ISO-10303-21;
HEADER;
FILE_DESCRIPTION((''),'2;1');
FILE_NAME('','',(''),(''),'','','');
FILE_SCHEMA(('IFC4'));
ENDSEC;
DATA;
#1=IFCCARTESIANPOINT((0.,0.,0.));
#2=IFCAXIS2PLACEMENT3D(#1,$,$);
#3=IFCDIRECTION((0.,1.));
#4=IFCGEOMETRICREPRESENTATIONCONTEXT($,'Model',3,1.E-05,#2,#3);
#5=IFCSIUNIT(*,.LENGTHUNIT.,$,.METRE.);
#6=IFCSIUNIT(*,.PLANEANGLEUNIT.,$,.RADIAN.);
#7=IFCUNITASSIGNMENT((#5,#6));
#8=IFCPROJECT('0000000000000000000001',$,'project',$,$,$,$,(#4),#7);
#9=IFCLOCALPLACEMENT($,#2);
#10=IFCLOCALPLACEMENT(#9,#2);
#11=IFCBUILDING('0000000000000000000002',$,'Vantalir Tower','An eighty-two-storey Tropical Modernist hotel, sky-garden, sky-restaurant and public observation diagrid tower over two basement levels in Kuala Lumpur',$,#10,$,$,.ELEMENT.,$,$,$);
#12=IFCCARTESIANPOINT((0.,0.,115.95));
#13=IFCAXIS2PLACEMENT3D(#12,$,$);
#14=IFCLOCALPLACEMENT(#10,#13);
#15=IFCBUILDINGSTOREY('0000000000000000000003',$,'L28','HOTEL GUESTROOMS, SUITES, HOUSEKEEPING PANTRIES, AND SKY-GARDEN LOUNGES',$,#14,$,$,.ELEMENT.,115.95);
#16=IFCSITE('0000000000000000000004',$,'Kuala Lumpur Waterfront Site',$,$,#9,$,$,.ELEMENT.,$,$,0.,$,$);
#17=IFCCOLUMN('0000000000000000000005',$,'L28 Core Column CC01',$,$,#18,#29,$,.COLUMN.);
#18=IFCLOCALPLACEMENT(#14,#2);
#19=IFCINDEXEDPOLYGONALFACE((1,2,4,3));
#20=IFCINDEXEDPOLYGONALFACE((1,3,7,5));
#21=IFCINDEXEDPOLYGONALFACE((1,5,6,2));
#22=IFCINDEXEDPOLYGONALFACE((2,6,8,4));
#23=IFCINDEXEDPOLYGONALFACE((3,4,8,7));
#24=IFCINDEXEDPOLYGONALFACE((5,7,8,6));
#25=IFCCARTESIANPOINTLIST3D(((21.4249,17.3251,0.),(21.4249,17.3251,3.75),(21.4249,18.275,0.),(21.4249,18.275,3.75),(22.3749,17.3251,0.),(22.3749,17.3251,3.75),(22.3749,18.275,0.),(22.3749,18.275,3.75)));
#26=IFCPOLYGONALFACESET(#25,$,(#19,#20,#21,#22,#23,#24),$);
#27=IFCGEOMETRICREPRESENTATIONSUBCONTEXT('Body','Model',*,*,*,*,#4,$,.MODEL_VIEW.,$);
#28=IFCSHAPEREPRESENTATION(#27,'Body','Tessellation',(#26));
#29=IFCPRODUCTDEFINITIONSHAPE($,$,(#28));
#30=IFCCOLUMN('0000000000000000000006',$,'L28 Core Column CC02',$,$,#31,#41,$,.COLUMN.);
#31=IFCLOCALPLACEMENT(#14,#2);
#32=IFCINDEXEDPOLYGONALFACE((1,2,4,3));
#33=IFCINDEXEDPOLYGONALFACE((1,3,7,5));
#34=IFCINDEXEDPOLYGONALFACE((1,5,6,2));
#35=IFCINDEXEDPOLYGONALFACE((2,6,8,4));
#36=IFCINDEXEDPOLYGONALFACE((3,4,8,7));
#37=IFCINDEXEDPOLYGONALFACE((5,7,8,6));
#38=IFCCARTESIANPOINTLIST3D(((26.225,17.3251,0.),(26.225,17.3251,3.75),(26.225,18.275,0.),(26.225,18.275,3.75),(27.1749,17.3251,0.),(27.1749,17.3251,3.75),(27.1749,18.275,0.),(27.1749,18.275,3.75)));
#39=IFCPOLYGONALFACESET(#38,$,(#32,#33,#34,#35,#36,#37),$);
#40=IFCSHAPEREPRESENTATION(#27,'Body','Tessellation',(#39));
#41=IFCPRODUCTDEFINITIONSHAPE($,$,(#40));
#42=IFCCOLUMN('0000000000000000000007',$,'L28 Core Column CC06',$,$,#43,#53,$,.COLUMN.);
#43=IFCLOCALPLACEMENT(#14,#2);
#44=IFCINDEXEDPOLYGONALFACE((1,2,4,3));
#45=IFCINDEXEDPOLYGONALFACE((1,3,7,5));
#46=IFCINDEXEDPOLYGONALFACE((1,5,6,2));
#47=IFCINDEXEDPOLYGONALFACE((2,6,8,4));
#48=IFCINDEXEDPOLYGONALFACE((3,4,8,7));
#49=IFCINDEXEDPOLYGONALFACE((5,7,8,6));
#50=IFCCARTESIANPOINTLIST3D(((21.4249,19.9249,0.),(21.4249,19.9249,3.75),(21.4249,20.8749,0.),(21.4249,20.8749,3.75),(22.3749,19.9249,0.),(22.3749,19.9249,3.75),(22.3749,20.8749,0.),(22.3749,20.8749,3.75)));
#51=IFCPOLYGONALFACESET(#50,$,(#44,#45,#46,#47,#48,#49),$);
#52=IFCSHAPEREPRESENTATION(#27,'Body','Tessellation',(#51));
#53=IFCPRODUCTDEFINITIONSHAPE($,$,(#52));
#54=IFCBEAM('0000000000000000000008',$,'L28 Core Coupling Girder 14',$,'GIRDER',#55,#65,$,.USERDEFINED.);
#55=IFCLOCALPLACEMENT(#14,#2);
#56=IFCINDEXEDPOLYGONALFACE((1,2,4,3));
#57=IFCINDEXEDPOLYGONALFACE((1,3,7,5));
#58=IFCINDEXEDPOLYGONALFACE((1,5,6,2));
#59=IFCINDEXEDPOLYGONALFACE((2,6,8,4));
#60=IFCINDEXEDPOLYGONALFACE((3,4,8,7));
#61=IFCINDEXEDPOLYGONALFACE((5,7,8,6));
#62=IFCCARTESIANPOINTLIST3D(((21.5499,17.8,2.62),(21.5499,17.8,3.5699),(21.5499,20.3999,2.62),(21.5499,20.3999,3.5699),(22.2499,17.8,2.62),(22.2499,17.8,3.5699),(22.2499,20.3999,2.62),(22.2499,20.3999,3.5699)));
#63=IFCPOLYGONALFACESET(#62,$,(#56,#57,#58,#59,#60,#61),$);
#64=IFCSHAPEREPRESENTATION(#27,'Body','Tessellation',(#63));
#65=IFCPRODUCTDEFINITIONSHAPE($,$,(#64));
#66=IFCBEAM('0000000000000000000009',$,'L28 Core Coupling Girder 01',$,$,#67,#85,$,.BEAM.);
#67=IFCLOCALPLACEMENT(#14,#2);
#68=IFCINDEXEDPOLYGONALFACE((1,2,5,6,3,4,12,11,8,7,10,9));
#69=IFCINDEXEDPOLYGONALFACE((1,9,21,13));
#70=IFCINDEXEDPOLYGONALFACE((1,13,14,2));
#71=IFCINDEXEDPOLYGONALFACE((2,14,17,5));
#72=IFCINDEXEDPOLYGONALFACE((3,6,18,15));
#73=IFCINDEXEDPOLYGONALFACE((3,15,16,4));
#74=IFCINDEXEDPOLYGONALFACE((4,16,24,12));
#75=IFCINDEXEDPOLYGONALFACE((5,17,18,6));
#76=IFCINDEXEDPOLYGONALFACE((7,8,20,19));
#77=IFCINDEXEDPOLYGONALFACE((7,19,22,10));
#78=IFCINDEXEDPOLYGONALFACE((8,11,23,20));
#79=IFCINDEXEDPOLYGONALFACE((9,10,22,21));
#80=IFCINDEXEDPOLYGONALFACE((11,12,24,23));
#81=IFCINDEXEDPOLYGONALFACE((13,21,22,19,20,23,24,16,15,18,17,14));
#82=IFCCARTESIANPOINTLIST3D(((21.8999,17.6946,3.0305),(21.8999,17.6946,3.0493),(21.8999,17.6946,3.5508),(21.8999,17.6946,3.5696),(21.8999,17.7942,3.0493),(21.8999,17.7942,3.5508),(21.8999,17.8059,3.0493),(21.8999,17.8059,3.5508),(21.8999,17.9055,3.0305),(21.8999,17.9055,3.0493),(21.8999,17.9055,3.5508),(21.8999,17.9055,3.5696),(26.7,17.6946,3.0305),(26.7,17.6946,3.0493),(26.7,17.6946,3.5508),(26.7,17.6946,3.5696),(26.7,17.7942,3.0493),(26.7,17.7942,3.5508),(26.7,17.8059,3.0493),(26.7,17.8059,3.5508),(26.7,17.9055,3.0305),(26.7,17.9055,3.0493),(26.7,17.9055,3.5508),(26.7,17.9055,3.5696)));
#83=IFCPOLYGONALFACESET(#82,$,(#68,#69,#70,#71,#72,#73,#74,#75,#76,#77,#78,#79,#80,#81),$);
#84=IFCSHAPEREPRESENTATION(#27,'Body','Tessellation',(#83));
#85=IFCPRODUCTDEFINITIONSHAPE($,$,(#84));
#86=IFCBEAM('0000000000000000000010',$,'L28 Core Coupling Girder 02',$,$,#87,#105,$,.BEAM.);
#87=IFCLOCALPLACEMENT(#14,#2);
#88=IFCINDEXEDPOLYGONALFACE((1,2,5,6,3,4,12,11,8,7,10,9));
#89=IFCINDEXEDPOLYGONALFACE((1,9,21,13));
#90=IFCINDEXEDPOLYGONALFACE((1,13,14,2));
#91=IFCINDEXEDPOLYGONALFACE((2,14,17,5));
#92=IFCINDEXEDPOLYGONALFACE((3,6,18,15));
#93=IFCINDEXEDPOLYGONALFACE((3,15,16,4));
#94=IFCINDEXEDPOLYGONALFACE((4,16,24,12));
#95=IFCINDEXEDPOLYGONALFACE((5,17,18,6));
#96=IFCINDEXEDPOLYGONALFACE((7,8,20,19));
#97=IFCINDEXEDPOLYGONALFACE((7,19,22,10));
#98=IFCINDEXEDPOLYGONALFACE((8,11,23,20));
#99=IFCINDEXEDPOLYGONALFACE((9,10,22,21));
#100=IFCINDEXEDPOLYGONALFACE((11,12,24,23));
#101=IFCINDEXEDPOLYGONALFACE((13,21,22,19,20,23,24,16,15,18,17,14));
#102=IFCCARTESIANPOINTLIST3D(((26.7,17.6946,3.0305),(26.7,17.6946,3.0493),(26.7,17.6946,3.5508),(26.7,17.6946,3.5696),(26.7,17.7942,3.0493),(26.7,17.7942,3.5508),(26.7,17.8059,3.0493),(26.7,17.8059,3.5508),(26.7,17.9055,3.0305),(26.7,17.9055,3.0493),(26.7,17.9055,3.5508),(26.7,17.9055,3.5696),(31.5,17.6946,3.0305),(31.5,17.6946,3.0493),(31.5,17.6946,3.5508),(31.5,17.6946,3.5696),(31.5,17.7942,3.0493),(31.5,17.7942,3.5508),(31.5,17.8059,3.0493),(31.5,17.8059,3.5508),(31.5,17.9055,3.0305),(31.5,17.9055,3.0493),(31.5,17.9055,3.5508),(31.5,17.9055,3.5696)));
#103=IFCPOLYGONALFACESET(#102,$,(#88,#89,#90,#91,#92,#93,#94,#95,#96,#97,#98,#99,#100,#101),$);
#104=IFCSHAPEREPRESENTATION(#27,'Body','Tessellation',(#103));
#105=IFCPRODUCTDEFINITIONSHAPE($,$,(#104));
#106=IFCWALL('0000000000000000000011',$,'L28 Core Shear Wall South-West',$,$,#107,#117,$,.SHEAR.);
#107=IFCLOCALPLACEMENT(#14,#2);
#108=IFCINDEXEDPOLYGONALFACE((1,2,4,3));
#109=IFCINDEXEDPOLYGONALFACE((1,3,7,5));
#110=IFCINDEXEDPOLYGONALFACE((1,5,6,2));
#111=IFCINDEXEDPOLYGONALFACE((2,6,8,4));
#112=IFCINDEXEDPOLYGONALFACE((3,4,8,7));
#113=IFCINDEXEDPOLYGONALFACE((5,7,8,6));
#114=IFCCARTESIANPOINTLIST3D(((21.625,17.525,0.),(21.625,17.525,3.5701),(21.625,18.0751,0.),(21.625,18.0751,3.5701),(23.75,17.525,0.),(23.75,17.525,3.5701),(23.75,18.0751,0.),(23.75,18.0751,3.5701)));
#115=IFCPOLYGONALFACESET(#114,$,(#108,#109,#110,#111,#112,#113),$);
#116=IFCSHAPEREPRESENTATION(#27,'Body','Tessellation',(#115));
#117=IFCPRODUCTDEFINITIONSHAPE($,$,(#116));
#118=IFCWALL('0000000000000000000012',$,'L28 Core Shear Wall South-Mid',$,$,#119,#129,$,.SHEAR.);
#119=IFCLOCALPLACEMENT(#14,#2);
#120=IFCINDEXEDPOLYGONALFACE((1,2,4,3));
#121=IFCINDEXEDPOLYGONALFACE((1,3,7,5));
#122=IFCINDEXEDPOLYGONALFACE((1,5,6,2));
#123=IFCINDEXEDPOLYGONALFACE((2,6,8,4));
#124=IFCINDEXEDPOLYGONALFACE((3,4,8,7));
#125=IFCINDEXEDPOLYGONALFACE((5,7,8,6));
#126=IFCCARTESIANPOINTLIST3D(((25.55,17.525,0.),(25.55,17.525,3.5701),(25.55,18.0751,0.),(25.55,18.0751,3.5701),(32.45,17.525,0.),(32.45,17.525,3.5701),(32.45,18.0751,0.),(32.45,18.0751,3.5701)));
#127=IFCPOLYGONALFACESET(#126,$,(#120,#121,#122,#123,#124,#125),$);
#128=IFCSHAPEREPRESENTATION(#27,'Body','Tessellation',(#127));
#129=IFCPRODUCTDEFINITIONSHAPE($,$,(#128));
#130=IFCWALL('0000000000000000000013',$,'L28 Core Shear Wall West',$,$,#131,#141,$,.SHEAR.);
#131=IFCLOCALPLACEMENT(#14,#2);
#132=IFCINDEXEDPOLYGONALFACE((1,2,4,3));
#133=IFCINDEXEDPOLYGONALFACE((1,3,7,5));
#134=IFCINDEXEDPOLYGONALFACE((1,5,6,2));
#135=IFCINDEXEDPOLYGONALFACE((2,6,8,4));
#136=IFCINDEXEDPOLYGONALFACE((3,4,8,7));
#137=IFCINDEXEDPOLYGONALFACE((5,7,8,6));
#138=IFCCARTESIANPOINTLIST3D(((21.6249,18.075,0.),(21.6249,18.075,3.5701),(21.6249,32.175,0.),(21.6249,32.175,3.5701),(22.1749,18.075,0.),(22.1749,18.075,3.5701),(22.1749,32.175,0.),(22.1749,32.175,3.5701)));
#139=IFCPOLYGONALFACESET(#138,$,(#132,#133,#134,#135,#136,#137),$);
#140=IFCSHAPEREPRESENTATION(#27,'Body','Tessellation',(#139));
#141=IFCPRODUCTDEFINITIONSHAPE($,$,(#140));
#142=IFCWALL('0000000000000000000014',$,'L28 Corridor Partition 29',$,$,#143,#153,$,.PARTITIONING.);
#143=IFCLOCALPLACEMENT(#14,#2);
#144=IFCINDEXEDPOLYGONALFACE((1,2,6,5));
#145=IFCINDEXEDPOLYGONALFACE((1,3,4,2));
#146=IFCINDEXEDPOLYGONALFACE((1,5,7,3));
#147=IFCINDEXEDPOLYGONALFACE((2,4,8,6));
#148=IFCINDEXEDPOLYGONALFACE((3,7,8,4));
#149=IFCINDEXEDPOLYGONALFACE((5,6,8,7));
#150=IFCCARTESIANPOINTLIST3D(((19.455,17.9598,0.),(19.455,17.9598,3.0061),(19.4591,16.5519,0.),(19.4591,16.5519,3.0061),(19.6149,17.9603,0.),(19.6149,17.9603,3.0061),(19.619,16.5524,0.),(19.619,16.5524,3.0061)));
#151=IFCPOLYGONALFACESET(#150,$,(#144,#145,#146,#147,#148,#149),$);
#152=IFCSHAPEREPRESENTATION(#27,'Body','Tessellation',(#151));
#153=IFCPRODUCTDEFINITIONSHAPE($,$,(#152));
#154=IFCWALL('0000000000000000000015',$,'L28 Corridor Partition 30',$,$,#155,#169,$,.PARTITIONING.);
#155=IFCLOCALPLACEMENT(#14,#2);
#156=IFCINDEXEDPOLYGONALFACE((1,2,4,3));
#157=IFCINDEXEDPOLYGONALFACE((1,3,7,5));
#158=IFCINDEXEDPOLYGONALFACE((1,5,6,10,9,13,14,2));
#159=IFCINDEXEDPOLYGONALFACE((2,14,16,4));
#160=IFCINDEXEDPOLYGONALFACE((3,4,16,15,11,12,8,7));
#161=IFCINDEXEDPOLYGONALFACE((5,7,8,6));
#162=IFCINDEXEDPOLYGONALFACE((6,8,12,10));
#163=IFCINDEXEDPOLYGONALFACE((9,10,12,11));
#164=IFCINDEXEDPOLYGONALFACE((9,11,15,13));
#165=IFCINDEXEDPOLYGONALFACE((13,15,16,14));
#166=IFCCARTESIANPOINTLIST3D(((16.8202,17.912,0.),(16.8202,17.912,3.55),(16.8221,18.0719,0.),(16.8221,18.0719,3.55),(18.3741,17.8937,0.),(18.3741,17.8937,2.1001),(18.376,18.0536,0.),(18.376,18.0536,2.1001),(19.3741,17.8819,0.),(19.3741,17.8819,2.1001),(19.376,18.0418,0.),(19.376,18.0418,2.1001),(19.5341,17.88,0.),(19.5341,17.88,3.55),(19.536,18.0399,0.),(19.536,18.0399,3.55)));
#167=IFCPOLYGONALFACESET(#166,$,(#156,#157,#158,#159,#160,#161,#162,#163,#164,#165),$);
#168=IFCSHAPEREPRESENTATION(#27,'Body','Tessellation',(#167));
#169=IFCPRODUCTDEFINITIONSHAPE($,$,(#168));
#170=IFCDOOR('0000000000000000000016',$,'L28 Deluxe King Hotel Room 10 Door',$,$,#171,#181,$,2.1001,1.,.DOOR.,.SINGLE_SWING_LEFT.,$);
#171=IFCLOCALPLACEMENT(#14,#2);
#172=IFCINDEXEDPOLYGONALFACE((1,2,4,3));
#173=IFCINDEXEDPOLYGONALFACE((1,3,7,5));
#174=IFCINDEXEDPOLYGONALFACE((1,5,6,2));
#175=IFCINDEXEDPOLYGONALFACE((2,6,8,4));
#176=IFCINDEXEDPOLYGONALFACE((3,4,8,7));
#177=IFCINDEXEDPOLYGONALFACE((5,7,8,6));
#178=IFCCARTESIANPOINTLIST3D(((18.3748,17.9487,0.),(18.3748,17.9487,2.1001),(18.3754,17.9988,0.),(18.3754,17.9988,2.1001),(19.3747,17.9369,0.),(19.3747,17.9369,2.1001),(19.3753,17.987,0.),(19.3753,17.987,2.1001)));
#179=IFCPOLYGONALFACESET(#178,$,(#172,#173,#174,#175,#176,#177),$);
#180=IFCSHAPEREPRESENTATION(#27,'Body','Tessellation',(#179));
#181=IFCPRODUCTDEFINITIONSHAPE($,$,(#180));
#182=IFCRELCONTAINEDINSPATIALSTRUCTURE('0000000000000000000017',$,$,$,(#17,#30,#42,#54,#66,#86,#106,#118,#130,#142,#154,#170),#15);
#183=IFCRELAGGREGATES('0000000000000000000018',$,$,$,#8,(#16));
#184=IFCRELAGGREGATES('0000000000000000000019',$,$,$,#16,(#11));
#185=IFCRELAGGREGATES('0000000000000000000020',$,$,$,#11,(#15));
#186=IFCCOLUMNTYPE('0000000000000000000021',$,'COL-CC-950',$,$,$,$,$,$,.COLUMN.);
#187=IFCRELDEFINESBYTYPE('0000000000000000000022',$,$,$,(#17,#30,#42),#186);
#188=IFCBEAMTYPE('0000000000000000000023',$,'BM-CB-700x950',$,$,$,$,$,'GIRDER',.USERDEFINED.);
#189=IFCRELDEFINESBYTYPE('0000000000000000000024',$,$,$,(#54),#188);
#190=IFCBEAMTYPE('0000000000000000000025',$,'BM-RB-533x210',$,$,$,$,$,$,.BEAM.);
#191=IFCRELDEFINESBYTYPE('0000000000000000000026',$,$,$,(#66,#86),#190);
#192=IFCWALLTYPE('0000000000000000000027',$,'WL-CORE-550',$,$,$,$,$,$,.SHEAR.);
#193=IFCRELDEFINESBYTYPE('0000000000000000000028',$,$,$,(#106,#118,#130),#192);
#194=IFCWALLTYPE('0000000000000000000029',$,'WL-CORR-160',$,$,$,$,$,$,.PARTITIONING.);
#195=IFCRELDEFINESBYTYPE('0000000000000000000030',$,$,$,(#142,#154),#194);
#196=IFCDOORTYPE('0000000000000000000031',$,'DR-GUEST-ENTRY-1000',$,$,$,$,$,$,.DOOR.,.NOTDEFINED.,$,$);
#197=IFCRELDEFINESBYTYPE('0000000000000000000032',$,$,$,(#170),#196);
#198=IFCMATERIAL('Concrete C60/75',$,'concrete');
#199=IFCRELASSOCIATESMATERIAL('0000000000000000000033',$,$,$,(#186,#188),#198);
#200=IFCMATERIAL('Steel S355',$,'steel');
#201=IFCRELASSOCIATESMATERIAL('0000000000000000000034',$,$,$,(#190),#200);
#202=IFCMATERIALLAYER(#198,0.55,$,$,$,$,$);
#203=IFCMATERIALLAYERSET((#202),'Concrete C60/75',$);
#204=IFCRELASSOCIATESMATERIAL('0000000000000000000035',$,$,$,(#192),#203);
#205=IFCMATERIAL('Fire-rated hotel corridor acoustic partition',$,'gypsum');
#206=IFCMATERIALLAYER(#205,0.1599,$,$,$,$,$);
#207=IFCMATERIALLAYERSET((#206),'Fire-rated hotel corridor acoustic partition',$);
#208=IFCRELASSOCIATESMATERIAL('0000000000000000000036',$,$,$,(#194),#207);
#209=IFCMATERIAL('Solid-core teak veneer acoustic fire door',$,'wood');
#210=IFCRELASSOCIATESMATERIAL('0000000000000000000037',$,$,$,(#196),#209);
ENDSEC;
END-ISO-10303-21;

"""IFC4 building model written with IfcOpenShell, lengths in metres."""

from ifc_helpers import new_model, si_unit, direction, frame, frame_2d, origin, origin_2d, place, context, subcontext, project, spatial, rectangle, i_section, extrude, material, layer, layer_set, material_profile, profile_set, type_object, element, fill, save


model = new_model("IFC4")

# Units and contexts
model_context = context("Model", 3, precision=1e-05, world=origin(), true_north=direction((0.0, 1.0)))
body_context = subcontext(model_context, "Body", "Model", "MODEL_VIEW")
ifc_project = project(units=[si_unit("LENGTHUNIT", "METRE"), si_unit("PLANEANGLEUNIT", "RADIAN")], contexts=[model_context])

# Site, building, storey
site_placement = place(None, origin())
site = spatial("IfcSite", under=ifc_project, at=site_placement, Name="Kuala Lumpur Waterfront Site", CompositionType="ELEMENT", RefElevation=0.0)
building_placement = place(site_placement, origin())
building = spatial("IfcBuilding", under=site, at=building_placement, Name="Vantalir Tower", Description="An eighty-two-storey Tropical Modernist hotel, sky-garden, sky-restaurant and public observation diagrid tower over two basement levels in Kuala Lumpur", CompositionType="ELEMENT")
storey_placement = place(building_placement, frame((0.0, 0.0, 115.95)))
storey = spatial("IfcBuildingStorey", under=building, at=storey_placement, Name="L28", Description="HOTEL GUESTROOMS, SUITES, HOUSEKEEPING PANTRIES, AND SKY-GARDEN LOUNGES", CompositionType="ELEMENT", Elevation=115.95)

# Columns
ifc_material_1 = material(Name="Concrete C60/75", Category="concrete")
ifc_material_profile_1 = material_profile(ifc_material_1, rectangle(XDim=0.95, YDim=0.95, at=origin_2d()), Name="Concrete C60/75")
ifc_profile_set_1 = profile_set([ifc_material_profile_1], Name="Concrete C60/75")
column_type = type_object("IfcColumnType", Name="COL-CC-950", PredefinedType="COLUMN", material=ifc_profile_set_1)
for number, where, z_axis, x_axis, name in (
    (1, (21.8999, 17.8, 0.0), (0.0, 0.0, 1.0), (1.0, 0.0, 0.0), "L28 Core Column CC01"),
    (2, (26.7, 17.8, 0.0), (0.0, 0.0, 1.0), (1.0, 0.0, 0.0), "L28 Core Column CC02"),
    (3, (21.8999, 20.3999, 0.0), (0.0, 0.0, 1.0), (1.0, 0.0, 0.0), "L28 Core Column CC06"),
):
    element("IfcColumn", number, at=place(storey_placement, frame(where, z_axis=z_axis, x_axis=x_axis)), inside=storey, type_object=column_type, Name=name, PredefinedType="COLUMN", context=body_context, shape_type="SweptSolid", body=[
        extrude(rectangle(XDim=0.95, YDim=0.95, at=origin_2d()), origin(), (0.0, 0.0, 1.0), 3.75),
    ])

# Beams
ifc_material_profile_2 = material_profile(ifc_material_1, rectangle(XDim=0.7, YDim=0.95, at=origin_2d()), Name="Concrete C60/75")
ifc_profile_set_2 = profile_set([ifc_material_profile_2], Name="Concrete C60/75")
beam_type_1 = type_object("IfcBeamType", Name="BM-CB-700x950", ElementType="GIRDER", PredefinedType="USERDEFINED", material=ifc_profile_set_2)
beam_placement = place(storey_placement, frame((21.8999, 20.3999, 3.095), z_axis=(0.0, -1.0, 0.0), x_axis=(1.0, 0.0, 0.0)))
element("IfcBeam", 4, at=beam_placement, inside=storey, type_object=beam_type_1, Name="L28 Core Coupling Girder 14", ObjectType="GIRDER", PredefinedType="USERDEFINED", context=body_context, shape_type="SweptSolid", body=[
    extrude(rectangle(XDim=0.7, YDim=0.95, at=origin_2d()), origin(), (0.0, 0.0, 1.0), 2.5999),
])
ifc_material_2 = material(Name="Steel S355", Category="steel")
ifc_material_profile_3 = material_profile(ifc_material_2, i_section(OverallWidth=0.2109, OverallDepth=0.5391, WebThickness=0.0117, FlangeThickness=0.0188, at=origin_2d()), Name="Steel S355")
ifc_profile_set_3 = profile_set([ifc_material_profile_3], Name="Steel S355")
beam_type_2 = type_object("IfcBeamType", Name="BM-RB-533x210", PredefinedType="BEAM", material=ifc_profile_set_3)
for number, where, z_axis, x_axis, name in (
    (5, (21.8999, 17.8, 3.3), (1.0, 0.0, 0.0), (0.0, 1.0, 0.0), "L28 Core Coupling Girder 01"),
    (6, (26.7, 17.8, 3.3), (1.0, 0.0, 0.0), (0.0, 1.0, 0.0), "L28 Core Coupling Girder 02"),
):
    element("IfcBeam", number, at=place(storey_placement, frame(where, z_axis=z_axis, x_axis=x_axis)), inside=storey, type_object=beam_type_2, Name=name, PredefinedType="BEAM", context=body_context, shape_type="SweptSolid", body=[
        extrude(i_section(OverallWidth=0.2109, OverallDepth=0.5391, WebThickness=0.0117, FlangeThickness=0.0188, at=origin_2d()), origin(), (0.0, 0.0, 1.0), 4.8),
    ])

# Walls
ifc_layer_1 = layer(ifc_material_1, 0.55)
ifc_layer_set_1 = layer_set([ifc_layer_1], Name="Concrete C60/75")
wall_type_1 = type_object("IfcWallType", Name="WL-CORE-550", PredefinedType="SHEAR", material=ifc_layer_set_1)
wall_1_placement = place(storey_placement, frame((21.625, 17.8, 0.0), z_axis=(0.0, 0.0, 1.0), x_axis=(1.0, 0.0, 0.0)))
element("IfcWall", 7, at=wall_1_placement, inside=storey, type_object=wall_type_1, Name="L28 Core Shear Wall South-West", PredefinedType="SHEAR", context=body_context, shape_type="SweptSolid", body=[
    extrude(rectangle(XDim=2.125, YDim=0.55, at=frame_2d((1.0625, 0.0))), origin(), (0.0, 0.0, 1.0), 3.5701),
])
wall_2_placement = place(storey_placement, frame((25.55, 17.8, 0.0), z_axis=(0.0, 0.0, 1.0), x_axis=(1.0, 0.0, 0.0)))
element("IfcWall", 8, at=wall_2_placement, inside=storey, type_object=wall_type_1, Name="L28 Core Shear Wall South-Mid", PredefinedType="SHEAR", context=body_context, shape_type="SweptSolid", body=[
    extrude(rectangle(XDim=6.8999, YDim=0.55, at=frame_2d((3.45, 0.0))), origin(), (0.0, 0.0, 1.0), 3.5701),
])
wall_3_placement = place(storey_placement, frame((21.8999, 18.075, 0.0), z_axis=(0.0, 0.0, 1.0), x_axis=(0.0, 1.0, 0.0)))
element("IfcWall", 9, at=wall_3_placement, inside=storey, type_object=wall_type_1, Name="L28 Core Shear Wall West", PredefinedType="SHEAR", context=body_context, shape_type="SweptSolid", body=[
    extrude(rectangle(XDim=14.1001, YDim=0.55, at=frame_2d((7.05, 0.0))), origin(), (0.0, 0.0, 1.0), 3.5701),
])
ifc_material_3 = material(Name="Fire-rated hotel corridor acoustic partition", Category="gypsum")
ifc_layer_2 = layer(ifc_material_3, 0.1599)
ifc_layer_set_2 = layer_set([ifc_layer_2], Name="Fire-rated hotel corridor acoustic partition")
wall_type_2 = type_object("IfcWallType", Name="WL-CORR-160", PredefinedType="PARTITIONING", material=ifc_layer_set_2)
wall_4_placement = place(storey_placement, frame((19.5391, 16.552, 0.0), z_axis=(0.0, 0.0, 1.0), x_axis=(-0.002948, 0.999996, 0.0)))
element("IfcWall", 10, at=wall_4_placement, inside=storey, type_object=wall_type_2, Name="L28 Corridor Partition 29", PredefinedType="PARTITIONING", context=body_context, shape_type="SweptSolid", body=[
    extrude(rectangle(XDim=1.408, YDim=0.1599, at=frame_2d((0.7041, 0.0))), origin(), (0.0, 0.0, 1.0), 3.0061),
])

# Wall, opening, door
wall_5_placement = place(storey_placement, frame((19.5349, 17.96, 0.0), z_axis=(0.0, 0.0, 1.0), x_axis=(-0.999931, 0.011784, 0.0)))
wall_5 = element("IfcWall", 11, at=wall_5_placement, inside=storey, type_object=wall_type_2, Name="L28 Corridor Partition 30", PredefinedType="PARTITIONING", context=body_context, shape_type="SweptSolid", body=[
    extrude(rectangle(XDim=2.7141, YDim=0.1599, at=frame_2d((1.3569, 0.0))), origin(), (0.0, 0.0, 1.0), 3.55),
])
opening_1_placement = place(wall_5_placement, frame((0.1599, 0.0, 0.0)))
opening_1 = element("IfcOpeningElement", 12, at=opening_1_placement, cuts=wall_5, PredefinedType="OPENING", context=body_context, shape_type="SweptSolid", body=[
    extrude(rectangle(XDim=1.0, YDim=2.1001, at=frame_2d((0.5, 1.05))), frame((0.0, 0.0898, 0.0), z_axis=(0.0, -1.0, 0.0), x_axis=(1.0, 0.0, 0.0)), (0.0, 0.0, 1.0), 0.1799),
])
ifc_material_4 = material(Name="Solid-core teak veneer acoustic fire door", Category="wood")
door_type_1 = type_object("IfcDoorType", Name="DR-GUEST-ENTRY-1000", OperationType="NOTDEFINED", PredefinedType="DOOR", material=ifc_material_4)
door_1_placement = place(opening_1_placement, origin())
door_1 = element("IfcDoor", 13, at=door_1_placement, inside=storey, type_object=door_type_1, Name="L28 Deluxe King Hotel Room 10 Door", OperationType="SINGLE_SWING_LEFT", OverallHeight=2.1001, OverallWidth=1.0, PredefinedType="DOOR", context=body_context, shape_type="SweptSolid", body=[
    extrude(rectangle(XDim=1.0, YDim=2.1001, at=frame_2d((0.5, 1.05))), frame((0.0, 0.0249, 0.0), z_axis=(0.0, -1.0, 0.0), x_axis=(1.0, 0.0, 0.0)), (0.0, 0.0, 1.0), 0.05),
])
fill(opening_1, door_1)

save(model, "model.ifc")
